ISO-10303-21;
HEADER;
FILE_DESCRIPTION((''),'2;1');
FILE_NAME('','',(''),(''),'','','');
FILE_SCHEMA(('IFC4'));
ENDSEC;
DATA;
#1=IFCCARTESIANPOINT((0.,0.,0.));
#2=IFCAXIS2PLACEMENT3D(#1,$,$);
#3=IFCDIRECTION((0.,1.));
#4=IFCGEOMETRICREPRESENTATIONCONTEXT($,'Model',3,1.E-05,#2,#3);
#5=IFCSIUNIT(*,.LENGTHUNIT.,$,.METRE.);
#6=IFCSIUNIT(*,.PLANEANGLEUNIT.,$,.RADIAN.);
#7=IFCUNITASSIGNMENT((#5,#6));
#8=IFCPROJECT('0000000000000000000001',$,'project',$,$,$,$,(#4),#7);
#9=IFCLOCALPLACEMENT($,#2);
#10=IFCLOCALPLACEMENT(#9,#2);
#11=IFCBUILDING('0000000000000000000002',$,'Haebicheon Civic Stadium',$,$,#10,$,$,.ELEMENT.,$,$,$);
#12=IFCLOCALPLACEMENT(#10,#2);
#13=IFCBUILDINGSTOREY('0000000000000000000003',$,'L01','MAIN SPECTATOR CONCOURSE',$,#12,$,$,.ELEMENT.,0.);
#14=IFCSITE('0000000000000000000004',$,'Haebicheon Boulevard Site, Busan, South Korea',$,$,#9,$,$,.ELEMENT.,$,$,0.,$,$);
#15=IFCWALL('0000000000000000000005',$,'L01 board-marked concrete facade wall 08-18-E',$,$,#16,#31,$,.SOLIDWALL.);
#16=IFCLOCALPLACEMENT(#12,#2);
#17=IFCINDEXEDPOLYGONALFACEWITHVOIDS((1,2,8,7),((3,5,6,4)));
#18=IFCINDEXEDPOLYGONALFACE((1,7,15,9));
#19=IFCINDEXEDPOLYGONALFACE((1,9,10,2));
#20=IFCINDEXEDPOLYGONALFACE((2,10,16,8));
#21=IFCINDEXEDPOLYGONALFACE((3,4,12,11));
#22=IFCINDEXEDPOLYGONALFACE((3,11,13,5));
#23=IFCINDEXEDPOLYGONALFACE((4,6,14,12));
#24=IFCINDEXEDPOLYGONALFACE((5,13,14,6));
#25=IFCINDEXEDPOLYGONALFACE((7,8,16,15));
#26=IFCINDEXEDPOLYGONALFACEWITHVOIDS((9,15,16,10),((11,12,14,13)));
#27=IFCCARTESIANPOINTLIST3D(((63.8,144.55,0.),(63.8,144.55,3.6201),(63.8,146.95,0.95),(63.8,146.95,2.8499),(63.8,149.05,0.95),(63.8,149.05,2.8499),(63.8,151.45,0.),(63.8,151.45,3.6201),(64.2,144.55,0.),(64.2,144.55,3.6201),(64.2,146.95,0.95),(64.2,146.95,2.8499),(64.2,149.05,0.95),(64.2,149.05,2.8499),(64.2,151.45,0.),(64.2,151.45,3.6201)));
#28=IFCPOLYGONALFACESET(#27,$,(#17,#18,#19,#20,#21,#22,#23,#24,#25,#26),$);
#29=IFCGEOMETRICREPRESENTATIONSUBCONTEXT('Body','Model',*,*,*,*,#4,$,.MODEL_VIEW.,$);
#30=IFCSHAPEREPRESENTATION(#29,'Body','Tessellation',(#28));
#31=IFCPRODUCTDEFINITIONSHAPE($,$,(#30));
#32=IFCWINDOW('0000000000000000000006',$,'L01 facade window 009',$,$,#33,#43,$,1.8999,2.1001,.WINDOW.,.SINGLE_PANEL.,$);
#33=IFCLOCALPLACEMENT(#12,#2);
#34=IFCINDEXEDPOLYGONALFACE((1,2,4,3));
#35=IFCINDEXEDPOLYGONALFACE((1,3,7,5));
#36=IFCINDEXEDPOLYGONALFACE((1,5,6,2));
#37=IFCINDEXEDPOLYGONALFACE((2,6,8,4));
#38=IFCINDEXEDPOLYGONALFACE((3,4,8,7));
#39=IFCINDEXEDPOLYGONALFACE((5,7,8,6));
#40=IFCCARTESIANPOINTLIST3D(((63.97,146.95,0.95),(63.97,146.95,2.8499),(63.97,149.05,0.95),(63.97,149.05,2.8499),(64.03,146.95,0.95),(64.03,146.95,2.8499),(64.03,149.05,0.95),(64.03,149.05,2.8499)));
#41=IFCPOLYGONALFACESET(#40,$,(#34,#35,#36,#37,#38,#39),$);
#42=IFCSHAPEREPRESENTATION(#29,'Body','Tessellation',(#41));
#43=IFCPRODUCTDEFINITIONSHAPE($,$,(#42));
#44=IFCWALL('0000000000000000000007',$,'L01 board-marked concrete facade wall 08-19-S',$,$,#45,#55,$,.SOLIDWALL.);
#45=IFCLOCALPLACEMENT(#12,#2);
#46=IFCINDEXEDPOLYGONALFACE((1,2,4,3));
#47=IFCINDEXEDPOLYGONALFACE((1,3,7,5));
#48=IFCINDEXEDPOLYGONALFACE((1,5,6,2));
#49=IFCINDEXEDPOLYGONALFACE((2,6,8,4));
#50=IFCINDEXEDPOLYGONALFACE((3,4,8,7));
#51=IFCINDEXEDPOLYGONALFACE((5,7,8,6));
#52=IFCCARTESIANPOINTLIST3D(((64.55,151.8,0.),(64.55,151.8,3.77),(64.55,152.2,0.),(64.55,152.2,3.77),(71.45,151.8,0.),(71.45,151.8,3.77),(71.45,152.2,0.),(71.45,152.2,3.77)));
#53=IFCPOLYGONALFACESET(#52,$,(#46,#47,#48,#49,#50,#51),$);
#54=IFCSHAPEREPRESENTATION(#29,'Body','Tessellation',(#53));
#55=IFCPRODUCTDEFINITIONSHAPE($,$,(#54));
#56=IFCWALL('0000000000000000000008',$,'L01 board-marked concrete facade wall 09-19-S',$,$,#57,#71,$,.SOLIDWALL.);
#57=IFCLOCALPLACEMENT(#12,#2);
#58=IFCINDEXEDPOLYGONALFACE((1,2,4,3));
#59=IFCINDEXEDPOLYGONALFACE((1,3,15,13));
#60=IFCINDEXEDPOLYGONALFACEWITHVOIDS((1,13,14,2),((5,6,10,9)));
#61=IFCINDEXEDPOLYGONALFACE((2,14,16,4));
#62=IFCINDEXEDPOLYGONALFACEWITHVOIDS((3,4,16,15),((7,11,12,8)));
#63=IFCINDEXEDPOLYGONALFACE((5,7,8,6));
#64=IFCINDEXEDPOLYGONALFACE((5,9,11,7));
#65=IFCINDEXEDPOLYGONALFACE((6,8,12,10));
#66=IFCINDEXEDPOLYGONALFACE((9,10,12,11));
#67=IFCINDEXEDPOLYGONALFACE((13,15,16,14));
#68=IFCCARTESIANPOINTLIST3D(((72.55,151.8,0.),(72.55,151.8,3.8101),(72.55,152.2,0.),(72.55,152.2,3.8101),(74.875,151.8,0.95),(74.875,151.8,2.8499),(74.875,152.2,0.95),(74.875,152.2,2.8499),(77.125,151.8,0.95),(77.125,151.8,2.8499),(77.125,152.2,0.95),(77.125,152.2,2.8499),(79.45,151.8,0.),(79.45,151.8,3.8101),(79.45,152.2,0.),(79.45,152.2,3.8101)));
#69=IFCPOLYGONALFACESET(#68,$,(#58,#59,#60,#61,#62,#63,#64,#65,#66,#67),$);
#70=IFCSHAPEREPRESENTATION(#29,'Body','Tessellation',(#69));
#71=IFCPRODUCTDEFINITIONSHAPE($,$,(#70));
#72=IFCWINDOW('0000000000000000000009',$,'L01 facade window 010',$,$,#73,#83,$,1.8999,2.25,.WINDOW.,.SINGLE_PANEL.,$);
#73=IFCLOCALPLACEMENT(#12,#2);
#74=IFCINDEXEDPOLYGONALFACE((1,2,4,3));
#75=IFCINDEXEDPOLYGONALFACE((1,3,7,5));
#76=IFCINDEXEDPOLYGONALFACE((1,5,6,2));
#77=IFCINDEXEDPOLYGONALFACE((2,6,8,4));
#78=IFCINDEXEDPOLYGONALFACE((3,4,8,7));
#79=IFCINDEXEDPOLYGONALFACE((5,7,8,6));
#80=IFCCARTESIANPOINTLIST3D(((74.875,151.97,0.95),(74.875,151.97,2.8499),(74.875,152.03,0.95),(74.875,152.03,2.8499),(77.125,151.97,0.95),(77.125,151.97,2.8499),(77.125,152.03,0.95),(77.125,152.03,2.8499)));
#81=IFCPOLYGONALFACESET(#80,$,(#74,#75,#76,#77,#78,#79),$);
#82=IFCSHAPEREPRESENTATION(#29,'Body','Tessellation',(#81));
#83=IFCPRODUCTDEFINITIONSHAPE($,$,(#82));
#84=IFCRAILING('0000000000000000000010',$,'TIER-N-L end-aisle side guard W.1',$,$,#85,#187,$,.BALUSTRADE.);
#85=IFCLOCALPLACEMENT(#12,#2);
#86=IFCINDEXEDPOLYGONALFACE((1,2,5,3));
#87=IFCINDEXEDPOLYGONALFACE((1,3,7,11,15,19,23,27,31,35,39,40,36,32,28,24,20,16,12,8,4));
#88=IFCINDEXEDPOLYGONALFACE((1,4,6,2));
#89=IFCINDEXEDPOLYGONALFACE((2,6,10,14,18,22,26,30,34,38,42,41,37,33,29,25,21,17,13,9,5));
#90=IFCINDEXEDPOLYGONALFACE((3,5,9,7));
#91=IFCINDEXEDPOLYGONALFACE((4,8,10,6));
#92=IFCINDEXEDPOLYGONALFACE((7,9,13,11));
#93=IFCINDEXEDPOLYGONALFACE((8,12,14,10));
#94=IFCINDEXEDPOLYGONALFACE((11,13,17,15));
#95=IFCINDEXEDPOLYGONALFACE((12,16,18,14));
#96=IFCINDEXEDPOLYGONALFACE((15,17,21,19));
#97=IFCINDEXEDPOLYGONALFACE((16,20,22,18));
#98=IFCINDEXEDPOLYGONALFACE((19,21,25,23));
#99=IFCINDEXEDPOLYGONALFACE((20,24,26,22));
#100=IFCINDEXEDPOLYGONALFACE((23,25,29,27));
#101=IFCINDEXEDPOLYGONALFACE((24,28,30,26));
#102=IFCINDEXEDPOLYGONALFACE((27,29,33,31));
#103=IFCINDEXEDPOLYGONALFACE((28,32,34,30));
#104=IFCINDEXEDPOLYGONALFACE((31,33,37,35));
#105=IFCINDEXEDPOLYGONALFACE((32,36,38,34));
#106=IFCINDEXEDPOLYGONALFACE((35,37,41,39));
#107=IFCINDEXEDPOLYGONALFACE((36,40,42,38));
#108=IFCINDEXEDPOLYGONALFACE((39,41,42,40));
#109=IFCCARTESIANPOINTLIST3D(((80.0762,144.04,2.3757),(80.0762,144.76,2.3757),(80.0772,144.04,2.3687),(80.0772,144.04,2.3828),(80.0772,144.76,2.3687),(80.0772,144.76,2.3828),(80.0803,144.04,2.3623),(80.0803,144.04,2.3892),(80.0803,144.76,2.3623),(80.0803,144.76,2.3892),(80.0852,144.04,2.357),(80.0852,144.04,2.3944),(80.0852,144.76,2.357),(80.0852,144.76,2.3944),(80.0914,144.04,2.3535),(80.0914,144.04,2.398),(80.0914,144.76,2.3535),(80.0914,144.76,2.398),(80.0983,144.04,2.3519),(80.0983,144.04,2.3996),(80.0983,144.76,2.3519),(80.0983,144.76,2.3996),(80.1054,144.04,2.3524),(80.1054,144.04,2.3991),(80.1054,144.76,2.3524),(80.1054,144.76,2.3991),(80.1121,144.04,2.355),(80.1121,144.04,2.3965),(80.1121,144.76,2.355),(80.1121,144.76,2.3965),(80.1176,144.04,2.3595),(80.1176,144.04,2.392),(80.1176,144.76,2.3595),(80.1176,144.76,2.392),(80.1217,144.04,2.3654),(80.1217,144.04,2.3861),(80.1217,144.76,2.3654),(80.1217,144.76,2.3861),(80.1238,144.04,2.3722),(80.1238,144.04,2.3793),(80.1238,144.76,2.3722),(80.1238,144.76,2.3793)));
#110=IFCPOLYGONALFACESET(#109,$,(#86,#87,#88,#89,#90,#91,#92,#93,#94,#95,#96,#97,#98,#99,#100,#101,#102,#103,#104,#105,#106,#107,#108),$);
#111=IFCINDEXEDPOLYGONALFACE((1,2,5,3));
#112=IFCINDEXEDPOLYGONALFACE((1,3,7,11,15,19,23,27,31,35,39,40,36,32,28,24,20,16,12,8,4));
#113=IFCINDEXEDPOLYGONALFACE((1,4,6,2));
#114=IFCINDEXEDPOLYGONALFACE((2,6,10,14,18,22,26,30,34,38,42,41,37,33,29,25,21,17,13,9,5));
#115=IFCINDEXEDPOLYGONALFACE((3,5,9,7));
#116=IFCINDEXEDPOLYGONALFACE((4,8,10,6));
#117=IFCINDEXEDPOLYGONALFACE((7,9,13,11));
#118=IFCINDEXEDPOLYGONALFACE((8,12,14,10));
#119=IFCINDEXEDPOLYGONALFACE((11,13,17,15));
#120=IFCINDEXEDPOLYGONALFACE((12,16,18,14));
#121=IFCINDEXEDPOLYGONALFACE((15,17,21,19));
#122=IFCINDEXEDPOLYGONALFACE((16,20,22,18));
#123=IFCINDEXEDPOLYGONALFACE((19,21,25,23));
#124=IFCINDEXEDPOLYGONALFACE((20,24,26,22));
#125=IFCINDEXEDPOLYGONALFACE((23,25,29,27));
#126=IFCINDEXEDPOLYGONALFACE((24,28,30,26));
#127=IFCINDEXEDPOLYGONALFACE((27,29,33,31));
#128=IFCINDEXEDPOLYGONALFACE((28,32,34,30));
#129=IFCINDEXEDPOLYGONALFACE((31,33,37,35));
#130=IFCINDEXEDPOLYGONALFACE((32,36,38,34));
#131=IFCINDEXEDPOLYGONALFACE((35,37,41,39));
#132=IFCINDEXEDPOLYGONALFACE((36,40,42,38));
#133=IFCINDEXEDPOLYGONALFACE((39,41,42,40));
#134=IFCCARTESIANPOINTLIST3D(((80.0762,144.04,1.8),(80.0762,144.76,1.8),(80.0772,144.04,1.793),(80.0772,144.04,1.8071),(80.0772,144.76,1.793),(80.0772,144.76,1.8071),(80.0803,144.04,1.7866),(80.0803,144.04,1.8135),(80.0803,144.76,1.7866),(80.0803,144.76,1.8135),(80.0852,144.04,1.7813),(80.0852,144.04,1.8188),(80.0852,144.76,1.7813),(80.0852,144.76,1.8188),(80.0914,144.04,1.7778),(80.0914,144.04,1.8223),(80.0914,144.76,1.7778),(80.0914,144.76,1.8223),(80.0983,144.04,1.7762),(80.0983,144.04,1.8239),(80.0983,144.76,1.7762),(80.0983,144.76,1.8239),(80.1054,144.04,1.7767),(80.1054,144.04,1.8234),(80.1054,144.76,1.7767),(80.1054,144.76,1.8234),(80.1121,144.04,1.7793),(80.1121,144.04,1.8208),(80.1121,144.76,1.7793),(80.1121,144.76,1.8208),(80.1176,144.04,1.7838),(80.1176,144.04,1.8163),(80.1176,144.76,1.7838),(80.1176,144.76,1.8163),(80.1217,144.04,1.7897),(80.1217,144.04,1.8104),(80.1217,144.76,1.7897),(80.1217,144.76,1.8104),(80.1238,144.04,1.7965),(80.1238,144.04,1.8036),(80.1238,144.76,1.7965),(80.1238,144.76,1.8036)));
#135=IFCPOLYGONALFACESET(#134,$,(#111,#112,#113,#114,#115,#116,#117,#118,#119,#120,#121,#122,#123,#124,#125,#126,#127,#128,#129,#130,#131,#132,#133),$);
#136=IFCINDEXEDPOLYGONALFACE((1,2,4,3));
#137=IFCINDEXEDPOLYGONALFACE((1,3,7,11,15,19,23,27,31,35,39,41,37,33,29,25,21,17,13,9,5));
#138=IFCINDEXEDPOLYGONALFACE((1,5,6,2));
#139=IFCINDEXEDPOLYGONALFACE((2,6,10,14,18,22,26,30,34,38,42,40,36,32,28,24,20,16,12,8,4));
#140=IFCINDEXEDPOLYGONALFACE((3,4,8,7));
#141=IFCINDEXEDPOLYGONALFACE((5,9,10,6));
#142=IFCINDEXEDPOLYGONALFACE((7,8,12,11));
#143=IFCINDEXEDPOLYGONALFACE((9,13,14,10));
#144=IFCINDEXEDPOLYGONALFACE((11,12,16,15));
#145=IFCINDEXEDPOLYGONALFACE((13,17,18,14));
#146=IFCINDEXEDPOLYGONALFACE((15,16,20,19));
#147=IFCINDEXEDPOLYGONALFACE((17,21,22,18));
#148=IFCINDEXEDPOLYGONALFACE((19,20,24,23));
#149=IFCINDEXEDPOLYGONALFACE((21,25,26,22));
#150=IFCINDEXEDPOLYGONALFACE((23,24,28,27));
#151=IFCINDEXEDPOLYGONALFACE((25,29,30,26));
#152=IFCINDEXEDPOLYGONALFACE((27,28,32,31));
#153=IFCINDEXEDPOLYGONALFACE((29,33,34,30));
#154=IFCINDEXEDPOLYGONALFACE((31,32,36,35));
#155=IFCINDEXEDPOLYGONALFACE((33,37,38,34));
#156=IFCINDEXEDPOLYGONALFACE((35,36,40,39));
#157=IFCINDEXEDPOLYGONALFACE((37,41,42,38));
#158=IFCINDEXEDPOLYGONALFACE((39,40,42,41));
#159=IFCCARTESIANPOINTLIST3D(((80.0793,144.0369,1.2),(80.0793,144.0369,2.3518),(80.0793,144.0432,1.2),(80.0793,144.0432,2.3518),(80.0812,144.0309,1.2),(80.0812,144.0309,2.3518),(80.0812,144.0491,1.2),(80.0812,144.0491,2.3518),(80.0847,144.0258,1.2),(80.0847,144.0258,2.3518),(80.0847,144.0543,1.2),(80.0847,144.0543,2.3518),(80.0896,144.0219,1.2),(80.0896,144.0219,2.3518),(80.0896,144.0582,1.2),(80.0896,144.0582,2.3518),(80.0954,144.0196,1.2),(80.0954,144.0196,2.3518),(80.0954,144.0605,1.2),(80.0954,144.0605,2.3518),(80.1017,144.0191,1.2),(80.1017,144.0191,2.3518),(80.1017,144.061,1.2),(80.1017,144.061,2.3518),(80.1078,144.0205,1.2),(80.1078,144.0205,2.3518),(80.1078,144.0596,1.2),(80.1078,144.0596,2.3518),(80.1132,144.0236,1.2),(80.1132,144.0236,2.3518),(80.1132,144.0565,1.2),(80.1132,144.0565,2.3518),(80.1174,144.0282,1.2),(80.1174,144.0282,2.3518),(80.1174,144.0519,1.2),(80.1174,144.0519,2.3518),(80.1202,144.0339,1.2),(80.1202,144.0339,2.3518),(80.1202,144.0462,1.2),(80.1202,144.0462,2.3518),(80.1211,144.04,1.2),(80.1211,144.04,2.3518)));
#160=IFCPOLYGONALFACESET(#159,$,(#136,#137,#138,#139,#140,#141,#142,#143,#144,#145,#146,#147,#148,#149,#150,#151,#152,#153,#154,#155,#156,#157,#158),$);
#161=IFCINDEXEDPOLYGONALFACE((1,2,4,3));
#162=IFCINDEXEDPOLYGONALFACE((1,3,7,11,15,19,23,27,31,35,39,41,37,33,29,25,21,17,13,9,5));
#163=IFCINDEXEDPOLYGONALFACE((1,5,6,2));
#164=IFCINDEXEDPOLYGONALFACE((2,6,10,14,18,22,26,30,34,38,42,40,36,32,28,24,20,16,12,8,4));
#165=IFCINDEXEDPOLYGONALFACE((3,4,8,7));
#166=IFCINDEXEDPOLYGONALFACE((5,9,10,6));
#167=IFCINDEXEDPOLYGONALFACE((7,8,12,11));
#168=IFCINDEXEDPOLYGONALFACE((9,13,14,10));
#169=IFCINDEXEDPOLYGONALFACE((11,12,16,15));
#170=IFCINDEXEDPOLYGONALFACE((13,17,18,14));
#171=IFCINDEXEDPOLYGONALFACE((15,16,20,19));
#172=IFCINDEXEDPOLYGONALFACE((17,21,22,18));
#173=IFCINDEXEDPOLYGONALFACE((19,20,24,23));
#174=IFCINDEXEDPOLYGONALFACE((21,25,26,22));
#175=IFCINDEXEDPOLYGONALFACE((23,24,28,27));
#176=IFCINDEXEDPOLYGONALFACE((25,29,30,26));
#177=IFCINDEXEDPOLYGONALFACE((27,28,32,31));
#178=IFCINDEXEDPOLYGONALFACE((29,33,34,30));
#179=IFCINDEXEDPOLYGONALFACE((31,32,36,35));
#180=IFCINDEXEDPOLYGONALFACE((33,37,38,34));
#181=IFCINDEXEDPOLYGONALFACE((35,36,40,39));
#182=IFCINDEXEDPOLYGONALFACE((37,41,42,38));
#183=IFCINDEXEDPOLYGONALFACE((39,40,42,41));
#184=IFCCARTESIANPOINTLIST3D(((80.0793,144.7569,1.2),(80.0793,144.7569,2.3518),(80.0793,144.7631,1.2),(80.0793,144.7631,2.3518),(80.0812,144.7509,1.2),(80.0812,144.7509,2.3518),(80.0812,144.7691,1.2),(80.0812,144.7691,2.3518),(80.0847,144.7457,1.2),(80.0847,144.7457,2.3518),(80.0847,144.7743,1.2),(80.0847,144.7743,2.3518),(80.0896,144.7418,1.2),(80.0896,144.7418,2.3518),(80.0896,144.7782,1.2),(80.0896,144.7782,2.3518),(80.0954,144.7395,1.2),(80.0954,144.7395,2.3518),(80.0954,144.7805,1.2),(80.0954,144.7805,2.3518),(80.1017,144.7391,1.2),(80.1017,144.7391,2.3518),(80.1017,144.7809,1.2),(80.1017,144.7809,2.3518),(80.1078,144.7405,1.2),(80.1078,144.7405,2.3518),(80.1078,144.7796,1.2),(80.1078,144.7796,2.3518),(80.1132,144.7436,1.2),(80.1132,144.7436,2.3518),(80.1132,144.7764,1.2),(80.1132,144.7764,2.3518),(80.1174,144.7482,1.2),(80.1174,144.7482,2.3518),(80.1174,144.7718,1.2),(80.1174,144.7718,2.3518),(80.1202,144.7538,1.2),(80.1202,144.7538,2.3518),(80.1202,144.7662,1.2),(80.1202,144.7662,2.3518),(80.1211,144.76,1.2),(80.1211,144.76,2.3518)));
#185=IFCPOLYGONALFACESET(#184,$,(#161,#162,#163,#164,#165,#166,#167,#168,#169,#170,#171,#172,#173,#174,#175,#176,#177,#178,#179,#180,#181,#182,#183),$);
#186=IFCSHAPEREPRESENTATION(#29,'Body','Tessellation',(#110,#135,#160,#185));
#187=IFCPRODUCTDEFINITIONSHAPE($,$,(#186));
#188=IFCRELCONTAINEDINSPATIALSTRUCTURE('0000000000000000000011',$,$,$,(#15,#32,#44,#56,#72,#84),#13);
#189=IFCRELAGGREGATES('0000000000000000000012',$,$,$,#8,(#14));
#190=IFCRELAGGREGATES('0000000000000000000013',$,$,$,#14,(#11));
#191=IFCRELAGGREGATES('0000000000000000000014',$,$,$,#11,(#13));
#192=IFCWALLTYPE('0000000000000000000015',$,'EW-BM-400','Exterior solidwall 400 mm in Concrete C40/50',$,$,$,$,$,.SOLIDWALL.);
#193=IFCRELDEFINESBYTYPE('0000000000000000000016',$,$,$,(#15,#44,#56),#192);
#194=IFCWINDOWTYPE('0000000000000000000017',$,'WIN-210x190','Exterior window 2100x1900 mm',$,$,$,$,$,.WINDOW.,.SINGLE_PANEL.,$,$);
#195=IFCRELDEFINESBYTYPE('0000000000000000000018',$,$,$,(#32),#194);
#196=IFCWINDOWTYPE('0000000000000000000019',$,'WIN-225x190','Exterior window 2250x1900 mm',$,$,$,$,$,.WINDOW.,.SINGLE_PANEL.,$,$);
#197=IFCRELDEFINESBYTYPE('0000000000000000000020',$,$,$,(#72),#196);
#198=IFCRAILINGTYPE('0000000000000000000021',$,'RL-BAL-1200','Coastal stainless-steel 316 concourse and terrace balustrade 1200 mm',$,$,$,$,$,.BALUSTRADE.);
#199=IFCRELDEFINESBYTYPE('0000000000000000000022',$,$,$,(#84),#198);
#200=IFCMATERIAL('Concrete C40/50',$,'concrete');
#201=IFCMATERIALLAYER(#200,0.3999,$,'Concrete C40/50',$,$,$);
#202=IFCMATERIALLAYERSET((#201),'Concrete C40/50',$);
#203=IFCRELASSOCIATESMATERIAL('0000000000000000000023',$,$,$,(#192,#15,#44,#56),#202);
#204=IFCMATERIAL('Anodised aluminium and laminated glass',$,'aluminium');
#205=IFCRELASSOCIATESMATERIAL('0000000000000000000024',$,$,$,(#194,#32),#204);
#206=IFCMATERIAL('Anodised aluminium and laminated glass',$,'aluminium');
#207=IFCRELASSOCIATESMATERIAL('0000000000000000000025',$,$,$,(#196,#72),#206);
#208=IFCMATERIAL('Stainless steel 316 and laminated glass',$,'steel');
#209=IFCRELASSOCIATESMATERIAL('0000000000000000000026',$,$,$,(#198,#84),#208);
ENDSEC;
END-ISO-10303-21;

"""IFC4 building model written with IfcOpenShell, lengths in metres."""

from ifc_helpers import new_model, si_unit, direction, frame, frame_2d, origin, origin_2d, place, context, subcontext, project, spatial, rectangle, circle, extrude, material, layer, layer_set, type_object, element, fill, save


model = new_model("IFC4")

# Units and contexts
model_context = context("Model", 3, precision=1e-05, world=origin(), true_north=direction((0.0, 1.0)))
body_context = subcontext(model_context, "Body", "Model", "MODEL_VIEW")
ifc_project = project(units=[si_unit("LENGTHUNIT", "METRE"), si_unit("PLANEANGLEUNIT", "RADIAN")], contexts=[model_context])

# Site, building, storey
site_placement = place(None, origin())
site = spatial("IfcSite", under=ifc_project, at=site_placement, Name="Haebicheon Boulevard Site, Busan, South Korea", CompositionType="ELEMENT", RefElevation=0.0)
building_placement = place(site_placement, origin())
building = spatial("IfcBuilding", under=site, at=building_placement, Name="Haebicheon Civic Stadium", CompositionType="ELEMENT")
storey_placement = place(building_placement, origin())
storey = spatial("IfcBuildingStorey", under=building, at=storey_placement, Name="L01", Description="MAIN SPECTATOR CONCOURSE", CompositionType="ELEMENT", Elevation=0.0)

# Wall, opening, window
ifc_material_1 = material(Name="Concrete C40/50", Category="concrete")
ifc_layer_1 = layer(ifc_material_1, 0.3999, Name="Concrete C40/50")
ifc_layer_set_1 = layer_set([ifc_layer_1], Name="Concrete C40/50")
wall_type = type_object("IfcWallType", Name="EW-BM-400", Description="Exterior solidwall 400 mm in Concrete C40/50", PredefinedType="SOLIDWALL", material=ifc_layer_set_1)
wall_1_placement = place(storey_placement, frame((64.0, 144.55, 0.0), z_axis=(0.0, 0.0, 1.0), x_axis=(0.0, 1.0, 0.0)))
wall_1 = element("IfcWall", 1, at=wall_1_placement, inside=storey, type_object=wall_type, material=ifc_layer_set_1, Name="L01 board-marked concrete facade wall 08-18-E", PredefinedType="SOLIDWALL", context=body_context, shape_type="SweptSolid", body=[
    extrude(rectangle(XDim=6.8999, YDim=0.3999, at=frame_2d((3.45, 0.0))), origin(), (0.0, 0.0, 1.0), 3.6201),
])
opening_1_placement = place(wall_1_placement, frame((2.3999, 0.0, 0.95)))
opening_1 = element("IfcOpeningElement", 2, at=opening_1_placement, cuts=wall_1, PredefinedType="OPENING", context=body_context, shape_type="SweptSolid", body=[
    extrude(rectangle(XDim=2.1001, YDim=1.8999, at=frame_2d((1.05, 0.95))), frame((0.0, 0.21, 0.0), z_axis=(0.0, -1.0, 0.0), x_axis=(1.0, 0.0, 0.0)), (0.0, 0.0, 1.0), 0.4199),
])
ifc_material_2 = material(Name="Anodised aluminium and laminated glass", Category="aluminium")
window_type_1 = type_object("IfcWindowType", Name="WIN-210x190", Description="Exterior window 2100x1900 mm", PartitioningType="SINGLE_PANEL", PredefinedType="WINDOW", material=ifc_material_2)
window_1_placement = place(opening_1_placement, origin())
window_1 = element("IfcWindow", 3, at=window_1_placement, inside=storey, type_object=window_type_1, material=ifc_material_2, Name="L01 facade window 009", OverallHeight=1.8999, OverallWidth=2.1001, PartitioningType="SINGLE_PANEL", PredefinedType="WINDOW", context=body_context, shape_type="SweptSolid", body=[
    extrude(rectangle(XDim=2.1001, YDim=1.8999, at=frame_2d((1.05, 0.95))), frame((0.0, 0.03, 0.0), z_axis=(0.0, -1.0, 0.0), x_axis=(1.0, 0.0, 0.0)), (0.0, 0.0, 1.0), 0.0601),
])
fill(opening_1, window_1)

# Wall
wall_2_placement = place(storey_placement, frame((64.55, 152.0, 0.0), z_axis=(0.0, 0.0, 1.0), x_axis=(1.0, 0.0, 0.0)))
element("IfcWall", 4, at=wall_2_placement, inside=storey, type_object=wall_type, material=ifc_layer_set_1, Name="L01 board-marked concrete facade wall 08-19-S", PredefinedType="SOLIDWALL", context=body_context, shape_type="SweptSolid", body=[
    extrude(rectangle(XDim=6.8999, YDim=0.3999, at=frame_2d((3.45, 0.0))), origin(), (0.0, 0.0, 1.0), 3.77),
])

# Wall, opening, window
wall_3_placement = place(storey_placement, frame((72.55, 152.0, 0.0), z_axis=(0.0, 0.0, 1.0), x_axis=(1.0, 0.0, 0.0)))
wall_3 = element("IfcWall", 5, at=wall_3_placement, inside=storey, type_object=wall_type, material=ifc_layer_set_1, Name="L01 board-marked concrete facade wall 09-19-S", PredefinedType="SOLIDWALL", context=body_context, shape_type="SweptSolid", body=[
    extrude(rectangle(XDim=6.8999, YDim=0.3999, at=frame_2d((3.45, 0.0))), origin(), (0.0, 0.0, 1.0), 3.8101),
])
opening_2_placement = place(wall_3_placement, frame((2.325, 0.0, 0.95)))
opening_2 = element("IfcOpeningElement", 6, at=opening_2_placement, cuts=wall_3, PredefinedType="OPENING", context=body_context, shape_type="SweptSolid", body=[
    extrude(rectangle(XDim=2.25, YDim=1.8999, at=frame_2d((1.125, 0.95))), frame((0.0, 0.21, 0.0), z_axis=(0.0, -1.0, 0.0), x_axis=(1.0, 0.0, 0.0)), (0.0, 0.0, 1.0), 0.4199),
])
ifc_material_3 = material(Name="Anodised aluminium and laminated glass", Category="aluminium")
window_type_2 = type_object("IfcWindowType", Name="WIN-225x190", Description="Exterior window 2250x1900 mm", PartitioningType="SINGLE_PANEL", PredefinedType="WINDOW", material=ifc_material_3)
window_2_placement = place(opening_2_placement, origin())
window_2 = element("IfcWindow", 7, at=window_2_placement, inside=storey, type_object=window_type_2, material=ifc_material_3, Name="L01 facade window 010", OverallHeight=1.8999, OverallWidth=2.25, PartitioningType="SINGLE_PANEL", PredefinedType="WINDOW", context=body_context, shape_type="SweptSolid", body=[
    extrude(rectangle(XDim=2.25, YDim=1.8999, at=frame_2d((1.125, 0.95))), frame((0.0, 0.03, 0.0), z_axis=(0.0, -1.0, 0.0), x_axis=(1.0, 0.0, 0.0)), (0.0, 0.0, 1.0), 0.0601),
])
fill(opening_2, window_2)

# Railing
ifc_material_4 = material(Name="Stainless steel 316 and laminated glass", Category="steel")
railing_type = type_object("IfcRailingType", Name="RL-BAL-1200", Description="Coastal stainless-steel 316 concourse and terrace balustrade 1200 mm", PredefinedType="BALUSTRADE", material=ifc_material_4)
for number, where, name in (
    (8, (80.1001, 144.04, 1.2), "TIER-N-L end-aisle side guard W.1"),
):
    element("IfcRailing", number, at=place(storey_placement, frame(where)), inside=storey, type_object=railing_type, material=ifc_material_4, Name=name, PredefinedType="BALUSTRADE", context=body_context, shape_type="SweptSolid", body=[
        extrude(circle(Radius=0.0239, at=origin_2d()), frame((0.0, 0.0, 1.1758), z_axis=(0.0, 1.0, 0.0), x_axis=(-1.0, 0.0, 0.0)), (0.0, 0.0, 1.0), 0.72),
        extrude(circle(Radius=0.0239, at=origin_2d()), frame((0.0, 0.0, 0.6001), z_axis=(0.0, 1.0, 0.0), x_axis=(-1.0, 0.0, 0.0)), (0.0, 0.0, 1.0), 0.72),
        extrude(circle(Radius=0.021, at=origin_2d()), origin(), (0.0, 0.0, 1.0), 1.1519),
        extrude(circle(Radius=0.021, at=origin_2d()), frame((0.0, 0.72, 0.0)), (0.0, 0.0, 1.0), 1.1519),
    ])

save(model, "model.ifc")
